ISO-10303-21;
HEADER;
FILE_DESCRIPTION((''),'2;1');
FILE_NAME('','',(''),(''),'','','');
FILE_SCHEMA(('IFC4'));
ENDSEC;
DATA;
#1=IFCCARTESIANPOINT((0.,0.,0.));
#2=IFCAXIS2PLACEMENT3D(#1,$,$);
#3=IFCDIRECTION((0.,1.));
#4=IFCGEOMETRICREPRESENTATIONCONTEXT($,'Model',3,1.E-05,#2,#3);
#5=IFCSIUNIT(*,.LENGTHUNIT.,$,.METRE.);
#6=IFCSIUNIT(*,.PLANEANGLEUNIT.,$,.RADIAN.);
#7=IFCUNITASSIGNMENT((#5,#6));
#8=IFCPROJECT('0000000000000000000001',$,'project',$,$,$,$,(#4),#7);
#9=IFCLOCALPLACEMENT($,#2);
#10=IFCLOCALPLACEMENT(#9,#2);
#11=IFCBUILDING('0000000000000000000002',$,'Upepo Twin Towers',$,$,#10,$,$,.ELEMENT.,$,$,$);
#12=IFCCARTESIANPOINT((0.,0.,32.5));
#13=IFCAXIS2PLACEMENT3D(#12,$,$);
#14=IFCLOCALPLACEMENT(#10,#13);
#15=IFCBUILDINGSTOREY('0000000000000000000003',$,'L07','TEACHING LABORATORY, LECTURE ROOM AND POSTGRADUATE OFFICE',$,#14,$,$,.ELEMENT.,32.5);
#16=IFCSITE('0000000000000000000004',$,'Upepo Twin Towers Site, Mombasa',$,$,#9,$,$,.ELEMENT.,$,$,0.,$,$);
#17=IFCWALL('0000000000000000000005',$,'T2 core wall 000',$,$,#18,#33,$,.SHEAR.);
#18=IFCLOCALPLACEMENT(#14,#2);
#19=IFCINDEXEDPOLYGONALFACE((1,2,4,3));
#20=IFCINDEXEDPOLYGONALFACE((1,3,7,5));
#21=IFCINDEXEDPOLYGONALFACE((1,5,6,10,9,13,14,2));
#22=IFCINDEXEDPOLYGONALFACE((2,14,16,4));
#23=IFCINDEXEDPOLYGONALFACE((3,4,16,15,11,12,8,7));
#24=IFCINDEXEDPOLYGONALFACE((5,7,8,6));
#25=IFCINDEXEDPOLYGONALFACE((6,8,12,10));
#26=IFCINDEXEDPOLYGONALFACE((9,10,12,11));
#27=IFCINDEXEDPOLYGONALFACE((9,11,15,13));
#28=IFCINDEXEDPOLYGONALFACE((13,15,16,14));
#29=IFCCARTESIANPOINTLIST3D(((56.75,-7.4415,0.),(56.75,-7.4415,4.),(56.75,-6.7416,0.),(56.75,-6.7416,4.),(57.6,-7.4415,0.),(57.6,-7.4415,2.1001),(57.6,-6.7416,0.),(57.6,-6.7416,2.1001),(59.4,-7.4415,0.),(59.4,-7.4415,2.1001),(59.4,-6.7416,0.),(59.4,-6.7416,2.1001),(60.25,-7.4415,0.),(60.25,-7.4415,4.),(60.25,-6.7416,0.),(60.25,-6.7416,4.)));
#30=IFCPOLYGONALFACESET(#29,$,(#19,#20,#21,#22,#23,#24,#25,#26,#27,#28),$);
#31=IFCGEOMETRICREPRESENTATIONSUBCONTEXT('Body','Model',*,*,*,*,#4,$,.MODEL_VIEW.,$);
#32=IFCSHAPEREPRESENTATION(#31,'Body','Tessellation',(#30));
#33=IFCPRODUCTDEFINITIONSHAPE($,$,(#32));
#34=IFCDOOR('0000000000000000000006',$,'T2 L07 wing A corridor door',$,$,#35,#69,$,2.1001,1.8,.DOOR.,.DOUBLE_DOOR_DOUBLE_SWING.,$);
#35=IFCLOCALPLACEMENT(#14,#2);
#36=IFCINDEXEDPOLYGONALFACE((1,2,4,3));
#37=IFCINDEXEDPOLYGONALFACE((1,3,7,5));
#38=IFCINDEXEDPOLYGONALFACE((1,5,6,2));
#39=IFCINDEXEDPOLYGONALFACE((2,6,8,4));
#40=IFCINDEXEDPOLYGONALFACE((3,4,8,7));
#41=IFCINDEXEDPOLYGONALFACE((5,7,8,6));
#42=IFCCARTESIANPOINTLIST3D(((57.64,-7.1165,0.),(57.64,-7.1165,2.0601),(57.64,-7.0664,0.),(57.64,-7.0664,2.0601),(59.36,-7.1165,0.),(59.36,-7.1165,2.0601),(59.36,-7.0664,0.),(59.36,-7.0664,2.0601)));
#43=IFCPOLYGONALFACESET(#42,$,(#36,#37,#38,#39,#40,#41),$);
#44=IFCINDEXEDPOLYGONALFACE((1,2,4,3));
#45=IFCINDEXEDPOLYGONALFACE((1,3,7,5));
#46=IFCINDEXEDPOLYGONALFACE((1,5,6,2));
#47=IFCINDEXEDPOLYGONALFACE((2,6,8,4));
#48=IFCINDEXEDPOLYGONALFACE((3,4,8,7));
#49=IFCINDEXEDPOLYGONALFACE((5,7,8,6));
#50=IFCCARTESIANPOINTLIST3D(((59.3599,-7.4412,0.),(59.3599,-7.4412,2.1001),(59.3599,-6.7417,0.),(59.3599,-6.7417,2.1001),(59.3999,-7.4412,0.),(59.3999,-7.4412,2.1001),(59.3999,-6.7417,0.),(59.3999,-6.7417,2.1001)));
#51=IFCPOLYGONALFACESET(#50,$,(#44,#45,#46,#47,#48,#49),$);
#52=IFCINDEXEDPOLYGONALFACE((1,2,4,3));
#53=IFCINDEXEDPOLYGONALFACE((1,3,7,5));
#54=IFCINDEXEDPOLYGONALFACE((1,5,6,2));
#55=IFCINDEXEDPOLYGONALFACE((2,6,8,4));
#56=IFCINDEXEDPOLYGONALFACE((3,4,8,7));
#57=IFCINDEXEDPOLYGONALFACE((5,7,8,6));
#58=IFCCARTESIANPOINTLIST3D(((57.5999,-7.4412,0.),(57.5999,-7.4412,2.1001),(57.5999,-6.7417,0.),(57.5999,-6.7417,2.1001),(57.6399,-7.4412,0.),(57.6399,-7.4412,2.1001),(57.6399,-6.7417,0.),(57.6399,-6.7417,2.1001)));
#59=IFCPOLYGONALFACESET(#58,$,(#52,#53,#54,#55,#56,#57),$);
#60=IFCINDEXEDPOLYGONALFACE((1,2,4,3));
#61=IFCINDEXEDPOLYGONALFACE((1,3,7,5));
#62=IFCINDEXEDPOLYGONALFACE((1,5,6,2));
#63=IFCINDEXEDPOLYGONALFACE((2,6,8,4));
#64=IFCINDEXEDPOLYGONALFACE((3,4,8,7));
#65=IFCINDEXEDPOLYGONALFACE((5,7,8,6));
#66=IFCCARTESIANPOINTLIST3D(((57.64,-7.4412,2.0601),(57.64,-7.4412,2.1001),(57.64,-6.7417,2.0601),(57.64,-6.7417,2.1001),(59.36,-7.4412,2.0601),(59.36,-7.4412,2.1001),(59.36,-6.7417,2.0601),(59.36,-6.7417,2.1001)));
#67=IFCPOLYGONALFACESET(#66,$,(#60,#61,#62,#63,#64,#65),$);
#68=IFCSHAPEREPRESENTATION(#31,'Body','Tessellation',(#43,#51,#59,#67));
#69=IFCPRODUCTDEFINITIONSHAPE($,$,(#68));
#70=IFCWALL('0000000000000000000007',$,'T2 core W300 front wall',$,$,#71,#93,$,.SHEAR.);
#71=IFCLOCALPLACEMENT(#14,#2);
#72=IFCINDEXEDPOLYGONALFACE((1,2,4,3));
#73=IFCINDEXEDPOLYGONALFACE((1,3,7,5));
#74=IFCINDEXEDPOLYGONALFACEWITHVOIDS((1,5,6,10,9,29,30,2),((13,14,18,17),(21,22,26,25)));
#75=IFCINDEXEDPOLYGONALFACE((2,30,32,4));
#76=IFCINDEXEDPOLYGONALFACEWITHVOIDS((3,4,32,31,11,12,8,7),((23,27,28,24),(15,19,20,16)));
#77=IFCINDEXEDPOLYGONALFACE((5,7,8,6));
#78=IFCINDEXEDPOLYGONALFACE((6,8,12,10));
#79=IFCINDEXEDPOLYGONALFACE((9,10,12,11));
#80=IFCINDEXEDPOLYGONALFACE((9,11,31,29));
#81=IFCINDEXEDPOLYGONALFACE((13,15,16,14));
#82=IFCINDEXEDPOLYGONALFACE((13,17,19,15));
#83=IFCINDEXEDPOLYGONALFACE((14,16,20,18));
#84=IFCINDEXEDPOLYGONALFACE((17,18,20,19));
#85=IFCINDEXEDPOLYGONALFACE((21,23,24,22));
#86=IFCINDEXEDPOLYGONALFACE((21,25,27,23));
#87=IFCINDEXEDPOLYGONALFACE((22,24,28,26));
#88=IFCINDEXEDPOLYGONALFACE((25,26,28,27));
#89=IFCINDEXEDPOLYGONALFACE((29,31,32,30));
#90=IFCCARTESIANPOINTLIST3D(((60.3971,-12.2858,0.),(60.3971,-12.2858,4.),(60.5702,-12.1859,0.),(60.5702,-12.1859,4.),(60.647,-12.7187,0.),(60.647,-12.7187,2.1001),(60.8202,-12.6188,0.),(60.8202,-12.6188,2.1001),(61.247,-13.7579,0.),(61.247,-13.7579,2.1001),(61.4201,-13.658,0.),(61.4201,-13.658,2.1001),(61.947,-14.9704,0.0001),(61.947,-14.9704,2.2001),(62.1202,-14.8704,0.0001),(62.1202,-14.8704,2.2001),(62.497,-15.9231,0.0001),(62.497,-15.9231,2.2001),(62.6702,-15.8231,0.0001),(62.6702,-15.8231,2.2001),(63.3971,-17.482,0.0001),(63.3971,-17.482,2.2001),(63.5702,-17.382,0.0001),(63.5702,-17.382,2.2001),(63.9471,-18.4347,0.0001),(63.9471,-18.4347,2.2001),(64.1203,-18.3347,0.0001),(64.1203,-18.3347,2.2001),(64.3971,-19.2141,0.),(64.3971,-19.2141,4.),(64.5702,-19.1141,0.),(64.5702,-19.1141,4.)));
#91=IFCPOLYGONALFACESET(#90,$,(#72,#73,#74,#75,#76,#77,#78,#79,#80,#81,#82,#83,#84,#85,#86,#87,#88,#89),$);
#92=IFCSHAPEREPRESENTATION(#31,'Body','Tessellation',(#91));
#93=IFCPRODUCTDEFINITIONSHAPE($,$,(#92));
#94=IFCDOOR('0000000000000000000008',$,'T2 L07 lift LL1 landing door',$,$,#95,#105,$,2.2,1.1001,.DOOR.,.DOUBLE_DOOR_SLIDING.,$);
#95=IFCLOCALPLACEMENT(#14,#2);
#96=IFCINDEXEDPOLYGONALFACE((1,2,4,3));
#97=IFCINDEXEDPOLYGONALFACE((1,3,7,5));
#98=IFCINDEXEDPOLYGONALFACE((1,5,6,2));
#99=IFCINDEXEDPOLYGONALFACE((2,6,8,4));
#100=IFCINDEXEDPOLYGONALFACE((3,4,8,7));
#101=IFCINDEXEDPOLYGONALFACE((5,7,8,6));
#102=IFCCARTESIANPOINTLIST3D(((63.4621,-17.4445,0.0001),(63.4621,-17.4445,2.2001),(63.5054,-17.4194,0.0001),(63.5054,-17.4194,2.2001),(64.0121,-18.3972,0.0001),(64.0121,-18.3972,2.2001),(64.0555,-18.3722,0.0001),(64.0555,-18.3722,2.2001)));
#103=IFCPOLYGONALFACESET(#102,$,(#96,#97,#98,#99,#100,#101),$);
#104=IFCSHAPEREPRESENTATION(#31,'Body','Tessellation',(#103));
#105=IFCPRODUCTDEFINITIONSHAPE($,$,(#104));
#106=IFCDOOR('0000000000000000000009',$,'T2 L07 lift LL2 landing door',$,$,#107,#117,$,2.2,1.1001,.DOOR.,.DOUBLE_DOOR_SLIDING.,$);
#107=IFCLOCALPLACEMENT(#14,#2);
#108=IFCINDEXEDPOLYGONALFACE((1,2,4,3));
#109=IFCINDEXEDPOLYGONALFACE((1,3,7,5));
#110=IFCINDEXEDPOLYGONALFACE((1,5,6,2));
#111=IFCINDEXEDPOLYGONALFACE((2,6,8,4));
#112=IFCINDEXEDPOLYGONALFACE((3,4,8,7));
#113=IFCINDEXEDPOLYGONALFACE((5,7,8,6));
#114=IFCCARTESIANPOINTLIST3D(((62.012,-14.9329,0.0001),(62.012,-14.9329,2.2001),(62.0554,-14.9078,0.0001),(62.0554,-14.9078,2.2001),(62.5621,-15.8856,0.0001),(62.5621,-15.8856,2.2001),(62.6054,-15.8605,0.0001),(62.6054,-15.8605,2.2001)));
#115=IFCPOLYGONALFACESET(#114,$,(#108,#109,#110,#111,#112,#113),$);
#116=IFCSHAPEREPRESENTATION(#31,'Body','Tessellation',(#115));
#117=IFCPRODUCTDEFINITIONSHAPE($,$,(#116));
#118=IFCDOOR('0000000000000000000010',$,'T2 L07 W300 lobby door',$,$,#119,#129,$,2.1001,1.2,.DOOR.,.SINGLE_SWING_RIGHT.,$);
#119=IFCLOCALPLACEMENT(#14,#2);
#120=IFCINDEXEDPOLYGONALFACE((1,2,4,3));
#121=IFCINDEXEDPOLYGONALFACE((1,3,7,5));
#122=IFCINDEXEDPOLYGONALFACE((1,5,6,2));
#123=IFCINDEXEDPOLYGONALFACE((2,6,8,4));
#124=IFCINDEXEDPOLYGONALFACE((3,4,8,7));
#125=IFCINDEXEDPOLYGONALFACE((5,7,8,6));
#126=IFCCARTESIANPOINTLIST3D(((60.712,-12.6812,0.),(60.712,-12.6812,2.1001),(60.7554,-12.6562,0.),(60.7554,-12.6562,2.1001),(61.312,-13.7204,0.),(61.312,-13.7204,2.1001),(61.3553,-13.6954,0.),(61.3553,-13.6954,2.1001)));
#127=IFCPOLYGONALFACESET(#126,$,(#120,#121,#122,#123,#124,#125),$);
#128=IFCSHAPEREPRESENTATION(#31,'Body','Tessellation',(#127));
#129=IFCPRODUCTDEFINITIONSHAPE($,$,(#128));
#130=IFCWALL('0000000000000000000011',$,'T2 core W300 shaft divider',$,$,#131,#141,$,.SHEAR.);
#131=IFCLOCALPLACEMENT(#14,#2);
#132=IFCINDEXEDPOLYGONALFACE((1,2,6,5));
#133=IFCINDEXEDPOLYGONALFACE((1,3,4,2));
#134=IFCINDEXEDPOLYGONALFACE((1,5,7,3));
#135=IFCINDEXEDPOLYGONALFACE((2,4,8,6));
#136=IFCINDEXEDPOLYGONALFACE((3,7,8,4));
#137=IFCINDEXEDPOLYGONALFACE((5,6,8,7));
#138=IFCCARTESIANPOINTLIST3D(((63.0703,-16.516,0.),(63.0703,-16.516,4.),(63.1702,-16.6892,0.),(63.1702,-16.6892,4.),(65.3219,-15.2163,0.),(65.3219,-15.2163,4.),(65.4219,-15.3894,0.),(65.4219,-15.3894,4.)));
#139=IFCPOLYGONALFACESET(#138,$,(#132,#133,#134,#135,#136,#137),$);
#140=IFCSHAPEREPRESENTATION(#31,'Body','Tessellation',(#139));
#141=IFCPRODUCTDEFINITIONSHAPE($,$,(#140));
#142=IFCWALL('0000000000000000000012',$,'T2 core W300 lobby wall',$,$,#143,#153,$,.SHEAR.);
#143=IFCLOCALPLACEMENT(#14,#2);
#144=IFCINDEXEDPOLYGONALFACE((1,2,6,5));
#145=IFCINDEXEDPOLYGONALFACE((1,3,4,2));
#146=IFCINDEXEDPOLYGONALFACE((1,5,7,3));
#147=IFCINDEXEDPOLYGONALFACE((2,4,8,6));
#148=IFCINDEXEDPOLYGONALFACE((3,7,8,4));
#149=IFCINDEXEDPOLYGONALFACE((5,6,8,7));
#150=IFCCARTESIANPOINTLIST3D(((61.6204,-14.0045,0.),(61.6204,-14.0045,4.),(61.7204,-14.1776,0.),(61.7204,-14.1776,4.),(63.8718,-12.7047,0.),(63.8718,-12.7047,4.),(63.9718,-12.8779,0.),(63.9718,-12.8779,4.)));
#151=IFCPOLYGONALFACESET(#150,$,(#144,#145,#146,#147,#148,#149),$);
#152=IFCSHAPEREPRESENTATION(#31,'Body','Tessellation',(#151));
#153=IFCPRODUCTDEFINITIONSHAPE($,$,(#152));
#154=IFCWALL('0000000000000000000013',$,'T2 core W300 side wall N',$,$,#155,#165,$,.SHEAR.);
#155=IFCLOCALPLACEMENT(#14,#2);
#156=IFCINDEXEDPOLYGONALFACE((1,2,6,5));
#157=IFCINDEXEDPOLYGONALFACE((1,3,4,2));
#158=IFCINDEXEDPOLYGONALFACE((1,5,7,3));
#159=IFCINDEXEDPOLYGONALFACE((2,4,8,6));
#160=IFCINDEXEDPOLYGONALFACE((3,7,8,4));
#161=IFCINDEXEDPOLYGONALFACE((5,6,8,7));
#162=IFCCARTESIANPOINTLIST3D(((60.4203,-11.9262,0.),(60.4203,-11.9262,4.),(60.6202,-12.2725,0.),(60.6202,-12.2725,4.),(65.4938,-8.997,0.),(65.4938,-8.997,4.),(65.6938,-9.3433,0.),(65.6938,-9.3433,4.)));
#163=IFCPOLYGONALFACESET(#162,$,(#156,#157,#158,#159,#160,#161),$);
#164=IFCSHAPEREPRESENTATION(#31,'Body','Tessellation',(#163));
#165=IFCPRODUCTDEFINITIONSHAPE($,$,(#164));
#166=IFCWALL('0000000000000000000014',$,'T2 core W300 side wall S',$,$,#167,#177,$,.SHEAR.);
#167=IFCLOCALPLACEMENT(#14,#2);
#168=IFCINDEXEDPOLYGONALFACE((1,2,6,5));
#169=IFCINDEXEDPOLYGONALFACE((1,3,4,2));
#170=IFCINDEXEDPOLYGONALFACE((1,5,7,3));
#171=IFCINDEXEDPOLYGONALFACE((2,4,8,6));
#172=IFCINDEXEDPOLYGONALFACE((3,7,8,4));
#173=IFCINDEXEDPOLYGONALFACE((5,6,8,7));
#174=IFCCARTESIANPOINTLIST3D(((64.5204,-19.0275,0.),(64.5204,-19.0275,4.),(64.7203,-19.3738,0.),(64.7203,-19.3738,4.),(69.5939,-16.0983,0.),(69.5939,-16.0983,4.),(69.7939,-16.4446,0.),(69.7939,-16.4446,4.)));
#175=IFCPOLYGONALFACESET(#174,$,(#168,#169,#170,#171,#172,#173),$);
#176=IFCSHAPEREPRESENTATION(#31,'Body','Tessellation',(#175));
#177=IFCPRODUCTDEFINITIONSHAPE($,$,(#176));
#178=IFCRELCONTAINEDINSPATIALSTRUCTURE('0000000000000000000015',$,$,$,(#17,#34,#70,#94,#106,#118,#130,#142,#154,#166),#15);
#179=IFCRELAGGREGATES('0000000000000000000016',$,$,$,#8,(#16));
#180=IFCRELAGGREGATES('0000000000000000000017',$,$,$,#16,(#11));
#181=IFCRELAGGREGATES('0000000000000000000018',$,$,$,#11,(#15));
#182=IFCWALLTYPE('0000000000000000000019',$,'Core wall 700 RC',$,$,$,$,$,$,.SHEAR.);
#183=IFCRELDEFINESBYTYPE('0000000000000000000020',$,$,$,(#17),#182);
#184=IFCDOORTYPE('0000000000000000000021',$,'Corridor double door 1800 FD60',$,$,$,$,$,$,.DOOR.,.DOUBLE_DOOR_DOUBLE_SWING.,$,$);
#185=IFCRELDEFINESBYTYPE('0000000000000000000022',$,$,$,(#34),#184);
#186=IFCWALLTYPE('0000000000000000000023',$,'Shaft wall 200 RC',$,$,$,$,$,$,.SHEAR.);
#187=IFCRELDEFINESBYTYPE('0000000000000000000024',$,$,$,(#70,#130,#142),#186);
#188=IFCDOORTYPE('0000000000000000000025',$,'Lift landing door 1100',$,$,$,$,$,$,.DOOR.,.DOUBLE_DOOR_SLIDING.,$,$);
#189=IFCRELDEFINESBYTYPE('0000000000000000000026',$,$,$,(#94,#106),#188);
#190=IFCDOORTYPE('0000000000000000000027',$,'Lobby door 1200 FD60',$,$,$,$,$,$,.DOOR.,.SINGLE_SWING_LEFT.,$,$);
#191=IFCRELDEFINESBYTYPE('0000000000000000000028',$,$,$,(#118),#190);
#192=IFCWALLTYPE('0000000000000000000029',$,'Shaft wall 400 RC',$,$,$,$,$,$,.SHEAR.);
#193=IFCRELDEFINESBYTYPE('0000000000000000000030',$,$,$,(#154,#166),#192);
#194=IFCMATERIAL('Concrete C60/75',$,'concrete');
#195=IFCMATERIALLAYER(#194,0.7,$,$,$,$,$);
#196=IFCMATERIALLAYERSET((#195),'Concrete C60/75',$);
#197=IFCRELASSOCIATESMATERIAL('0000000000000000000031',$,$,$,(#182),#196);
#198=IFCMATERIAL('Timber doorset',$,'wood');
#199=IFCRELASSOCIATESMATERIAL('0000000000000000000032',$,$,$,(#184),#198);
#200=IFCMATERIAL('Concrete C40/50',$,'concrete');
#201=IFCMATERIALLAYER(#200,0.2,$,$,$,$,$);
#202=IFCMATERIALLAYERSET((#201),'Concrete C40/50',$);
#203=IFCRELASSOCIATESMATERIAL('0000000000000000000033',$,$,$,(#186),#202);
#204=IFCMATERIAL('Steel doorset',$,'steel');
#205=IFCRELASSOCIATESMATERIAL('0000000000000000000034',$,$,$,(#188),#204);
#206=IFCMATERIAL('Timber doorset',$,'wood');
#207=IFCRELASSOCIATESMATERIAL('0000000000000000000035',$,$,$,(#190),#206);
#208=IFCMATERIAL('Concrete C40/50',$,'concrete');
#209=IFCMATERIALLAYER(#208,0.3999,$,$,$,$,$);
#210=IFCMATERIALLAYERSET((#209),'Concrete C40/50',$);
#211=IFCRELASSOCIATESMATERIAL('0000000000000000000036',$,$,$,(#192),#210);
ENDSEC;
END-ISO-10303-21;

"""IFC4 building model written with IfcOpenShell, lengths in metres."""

from ifc_helpers import new_model, si_unit, direction, frame, frame_2d, origin, place, context, subcontext, project, spatial, rectangle, extrude, material, layer, layer_set, type_object, element, fill, save


model = new_model("IFC4")

# Units and contexts
model_context = context("Model", 3, precision=1e-05, world=origin(), true_north=direction((0.0, 1.0)))
body_context = subcontext(model_context, "Body", "Model", "MODEL_VIEW")
ifc_project = project(units=[si_unit("LENGTHUNIT", "METRE"), si_unit("PLANEANGLEUNIT", "RADIAN")], contexts=[model_context])

# Site, building, storey
site_placement = place(None, origin())
site = spatial("IfcSite", under=ifc_project, at=site_placement, Name="Upepo Twin Towers Site, Mombasa", CompositionType="ELEMENT", RefElevation=0.0)
building_placement = place(site_placement, origin())
building = spatial("IfcBuilding", under=site, at=building_placement, Name="Upepo Twin Towers", CompositionType="ELEMENT")
storey_placement = place(building_placement, frame((0.0, 0.0, 32.5)))
storey = spatial("IfcBuildingStorey", under=building, at=storey_placement, Name="L07", Description="TEACHING LABORATORY, LECTURE ROOM AND POSTGRADUATE OFFICE", CompositionType="ELEMENT", Elevation=32.5)

# Shared definitions
ifc_material_1 = material(Name="Concrete C60/75", Category="concrete")
ifc_layer_1 = layer(ifc_material_1, 0.7)
ifc_layer_set_1 = layer_set([ifc_layer_1], Name="Concrete C60/75")
wall_type_1 = type_object("IfcWallType", Name="Core wall 700 RC", PredefinedType="SHEAR", material=ifc_layer_set_1)

# Wall, opening, door
wall_1_placement = place(storey_placement, frame((60.25, -7.0916, 0.0), z_axis=(0.0, 0.0, 1.0), x_axis=(-1.0, 0.0, 0.0)))
wall_1 = element("IfcWall", 1, at=wall_1_placement, inside=storey, type_object=wall_type_1, Name="T2 core wall 000", PredefinedType="SHEAR", context=body_context, shape_type="SweptSolid", body=[
    extrude(rectangle(XDim=3.5, YDim=0.7, at=frame_2d((1.75, 0.0))), origin(), (0.0, 0.0, 1.0), 4.0),
])
opening_1_placement = place(wall_1_placement, frame((0.8501, 0.0, 0.0)))
opening_1 = element("IfcOpeningElement", 2, at=opening_1_placement, cuts=wall_1, PredefinedType="OPENING", context=body_context, shape_type="SweptSolid", body=[
    extrude(rectangle(XDim=1.8, YDim=2.1001, at=frame_2d((0.8999, 1.05))), frame((0.0, 0.3599, 0.0), z_axis=(0.0, -1.0, 0.0), x_axis=(1.0, 0.0, 0.0)), (0.0, 0.0, 1.0), 0.72),
])
ifc_material_2 = material(Name="Timber doorset", Category="wood")
door_type_1 = type_object("IfcDoorType", Name="Corridor double door 1800 FD60", OperationType="DOUBLE_DOOR_DOUBLE_SWING", PredefinedType="DOOR", material=ifc_material_2)
door_1_placement = place(opening_1_placement, origin())
door_1 = element("IfcDoor", 3, at=door_1_placement, inside=storey, type_object=door_type_1, Name="T2 L07 wing A corridor door", OperationType="DOUBLE_DOOR_DOUBLE_SWING", OverallHeight=2.1001, OverallWidth=1.8, PredefinedType="DOOR", context=body_context, shape_type="SweptSolid", body=[
    extrude(rectangle(XDim=1.72, YDim=2.0601, at=frame_2d((0.8999, 1.03))), frame((0.0, 0.0249, 0.0), z_axis=(0.0, -1.0, 0.0), x_axis=(1.0, 0.0, 0.0)), (0.0, 0.0, 1.0), 0.05),
    extrude(rectangle(XDim=0.04, YDim=2.1001, at=frame_2d((0.02, 1.05))), frame((0.0, 0.3496, 0.0), z_axis=(0.0, -1.0, 0.0), x_axis=(1.0, 0.0, 0.0)), (0.0, 0.0, 1.0), 0.6995),
    extrude(rectangle(XDim=0.04, YDim=2.1001, at=frame_2d((1.78, 1.05))), frame((0.0, 0.3496, 0.0), z_axis=(0.0, -1.0, 0.0), x_axis=(1.0, 0.0, 0.0)), (0.0, 0.0, 1.0), 0.6995),
    extrude(rectangle(XDim=1.72, YDim=0.04, at=frame_2d((0.8999, 2.0801))), frame((0.0, 0.3496, 0.0), z_axis=(0.0, -1.0, 0.0), x_axis=(1.0, 0.0, 0.0)), (0.0, 0.0, 1.0), 0.6995),
])
fill(opening_1, door_1)

# Wall, openings, doors
ifc_material_3 = material(Name="Concrete C40/50", Category="concrete")
ifc_layer_2 = layer(ifc_material_3, 0.2)
ifc_layer_set_2 = layer_set([ifc_layer_2], Name="Concrete C40/50")
wall_type_2 = type_object("IfcWallType", Name="Shaft wall 200 RC", PredefinedType="SHEAR", material=ifc_layer_set_2)
wall_2_placement = place(storey_placement, frame((64.4836, -19.1641, 0.0), z_axis=(0.0, 0.0, 1.0), x_axis=(-0.499999, 0.866026, 0.0)))
wall_2 = element("IfcWall", 4, at=wall_2_placement, inside=storey, type_object=wall_type_2, Name="T2 core W300 front wall", PredefinedType="SHEAR", context=body_context, shape_type="SweptSolid", body=[
    extrude(rectangle(XDim=8.0, YDim=0.2, at=frame_2d((4.0, 0.0))), origin(), (0.0, 0.0, 1.0), 4.0),
])
opening_2_placement = place(wall_2_placement, frame((6.3, 0.0, 0.0)))
opening_2 = element("IfcOpeningElement", 5, at=opening_2_placement, cuts=wall_2, PredefinedType="OPENING", context=body_context, shape_type="SweptSolid", body=[
    extrude(rectangle(XDim=1.2, YDim=2.1001, at=frame_2d((0.6001, 1.05))), frame((0.0, 0.1099, 0.0), z_axis=(0.0, -1.0, 0.0), x_axis=(1.0, 0.0, 0.0)), (0.0, 0.0, 1.0), 0.22),
])
opening_3_placement = place(wall_2_placement, frame((0.8999, 0.0, 0.0)))
opening_3 = element("IfcOpeningElement", 6, at=opening_3_placement, cuts=wall_2, PredefinedType="OPENING", context=body_context, shape_type="SweptSolid", body=[
    extrude(rectangle(XDim=1.1001, YDim=2.2, at=frame_2d((0.55, 1.1001))), frame((0.0, 0.1099, 0.0), z_axis=(0.0, -1.0, 0.0), x_axis=(1.0, 0.0, 0.0)), (0.0, 0.0, 1.0), 0.22),
])
opening_4_placement = place(wall_2_placement, frame((3.8, 0.0, 0.0)))
opening_4 = element("IfcOpeningElement", 7, at=opening_4_placement, cuts=wall_2, PredefinedType="OPENING", context=body_context, shape_type="SweptSolid", body=[
    extrude(rectangle(XDim=1.1001, YDim=2.2, at=frame_2d((0.55, 1.1001))), frame((0.0, 0.1099, 0.0), z_axis=(0.0, -1.0, 0.0), x_axis=(1.0, 0.0, 0.0)), (0.0, 0.0, 1.0), 0.22),
])
ifc_material_4 = material(Name="Steel doorset", Category="steel")
door_type_2 = type_object("IfcDoorType", Name="Lift landing door 1100", OperationType="DOUBLE_DOOR_SLIDING", PredefinedType="DOOR", material=ifc_material_4)
door_2_placement = place(opening_3_placement, origin())
door_2 = element("IfcDoor", 8, at=door_2_placement, inside=storey, type_object=door_type_2, Name="T2 L07 lift LL1 landing door", OperationType="DOUBLE_DOOR_SLIDING", OverallHeight=2.2, OverallWidth=1.1001, PredefinedType="DOOR", context=body_context, shape_type="SweptSolid", body=[
    extrude(rectangle(XDim=1.1001, YDim=2.2, at=frame_2d((0.55, 1.1001))), frame((0.0, 0.0249, 0.0), z_axis=(0.0, -1.0, 0.0), x_axis=(1.0, 0.0, 0.0)), (0.0, 0.0, 1.0), 0.05),
])
fill(opening_3, door_2)
door_3_placement = place(opening_4_placement, origin())
door_3 = element("IfcDoor", 9, at=door_3_placement, inside=storey, type_object=door_type_2, Name="T2 L07 lift LL2 landing door", OperationType="DOUBLE_DOOR_SLIDING", OverallHeight=2.2, OverallWidth=1.1001, PredefinedType="DOOR", context=body_context, shape_type="SweptSolid", body=[
    extrude(rectangle(XDim=1.1001, YDim=2.2, at=frame_2d((0.55, 1.1001))), frame((0.0, 0.0249, 0.0), z_axis=(0.0, -1.0, 0.0), x_axis=(1.0, 0.0, 0.0)), (0.0, 0.0, 1.0), 0.05),
])
fill(opening_4, door_3)
ifc_material_5 = material(Name="Timber doorset", Category="wood")
door_type_3 = type_object("IfcDoorType", Name="Lobby door 1200 FD60", OperationType="SINGLE_SWING_LEFT", PredefinedType="DOOR", material=ifc_material_5)
door_4_placement = place(opening_2_placement, origin())
door_4 = element("IfcDoor", 10, at=door_4_placement, inside=storey, type_object=door_type_3, Name="T2 L07 W300 lobby door", OperationType="SINGLE_SWING_RIGHT", OverallHeight=2.1001, OverallWidth=1.2, PredefinedType="DOOR", context=body_context, shape_type="SweptSolid", body=[
    extrude(rectangle(XDim=1.2, YDim=2.1001, at=frame_2d((0.6001, 1.05))), frame((0.0, 0.0249, 0.0), z_axis=(0.0, -1.0, 0.0), x_axis=(1.0, 0.0, 0.0)), (0.0, 0.0, 1.0), 0.05),
])
fill(opening_2, door_4)

# Walls
wall_3_placement = place(storey_placement, frame((63.1204, -16.6025, 0.0), z_axis=(0.0, 0.0, 1.0), x_axis=(0.866062, 0.499937, 0.0)))
element("IfcWall", 11, at=wall_3_placement, inside=storey, type_object=wall_type_2, Name="T2 core W300 shaft divider", PredefinedType="SHEAR", context=body_context, shape_type="SweptSolid", body=[
    extrude(rectangle(XDim=2.5999, YDim=0.2, at=frame_2d((1.2998, 0.0))), origin(), (0.0, 0.0, 1.0), 4.0),
])
wall_4_placement = place(storey_placement, frame((61.6704, -14.0911, 0.0), z_axis=(0.0, 0.0, 1.0), x_axis=(0.866039, 0.499977, 0.0)))
element("IfcWall", 12, at=wall_4_placement, inside=storey, type_object=wall_type_2, Name="T2 core W300 lobby wall", PredefinedType="SHEAR", context=body_context, shape_type="SweptSolid", body=[
    extrude(rectangle(XDim=2.5996, YDim=0.2, at=frame_2d((1.2998, 0.0))), origin(), (0.0, 0.0, 1.0), 4.0),
])
ifc_material_6 = material(Name="Concrete C40/50", Category="concrete")
ifc_layer_3 = layer(ifc_material_6, 0.3999)
ifc_layer_set_3 = layer_set([ifc_layer_3], Name="Concrete C40/50")
wall_type_3 = type_object("IfcWallType", Name="Shaft wall 400 RC", PredefinedType="SHEAR", material=ifc_layer_set_3)
for number, where, z_axis, x_axis, name in (
    (13, (60.5203, -12.0994, 0.0), (0.0, 0.0, 1.0), (0.866024, 0.500003, 0.0), "T2 core W300 side wall N"),
    (14, (64.6204, -19.2007, 0.0), (0.0, 0.0, 1.0), (0.866024, 0.500003, 0.0), "T2 core W300 side wall S"),
):
    element("IfcWall", number, at=place(storey_placement, frame(where, z_axis=z_axis, x_axis=x_axis)), inside=storey, type_object=wall_type_3, Name=name, PredefinedType="SHEAR", context=body_context, shape_type="SweptSolid", body=[
        extrude(rectangle(XDim=5.8584, YDim=0.3999, at=frame_2d((2.9292, 0.0))), origin(), (0.0, 0.0, 1.0), 4.0),
    ])

save(model, "model.ifc")
